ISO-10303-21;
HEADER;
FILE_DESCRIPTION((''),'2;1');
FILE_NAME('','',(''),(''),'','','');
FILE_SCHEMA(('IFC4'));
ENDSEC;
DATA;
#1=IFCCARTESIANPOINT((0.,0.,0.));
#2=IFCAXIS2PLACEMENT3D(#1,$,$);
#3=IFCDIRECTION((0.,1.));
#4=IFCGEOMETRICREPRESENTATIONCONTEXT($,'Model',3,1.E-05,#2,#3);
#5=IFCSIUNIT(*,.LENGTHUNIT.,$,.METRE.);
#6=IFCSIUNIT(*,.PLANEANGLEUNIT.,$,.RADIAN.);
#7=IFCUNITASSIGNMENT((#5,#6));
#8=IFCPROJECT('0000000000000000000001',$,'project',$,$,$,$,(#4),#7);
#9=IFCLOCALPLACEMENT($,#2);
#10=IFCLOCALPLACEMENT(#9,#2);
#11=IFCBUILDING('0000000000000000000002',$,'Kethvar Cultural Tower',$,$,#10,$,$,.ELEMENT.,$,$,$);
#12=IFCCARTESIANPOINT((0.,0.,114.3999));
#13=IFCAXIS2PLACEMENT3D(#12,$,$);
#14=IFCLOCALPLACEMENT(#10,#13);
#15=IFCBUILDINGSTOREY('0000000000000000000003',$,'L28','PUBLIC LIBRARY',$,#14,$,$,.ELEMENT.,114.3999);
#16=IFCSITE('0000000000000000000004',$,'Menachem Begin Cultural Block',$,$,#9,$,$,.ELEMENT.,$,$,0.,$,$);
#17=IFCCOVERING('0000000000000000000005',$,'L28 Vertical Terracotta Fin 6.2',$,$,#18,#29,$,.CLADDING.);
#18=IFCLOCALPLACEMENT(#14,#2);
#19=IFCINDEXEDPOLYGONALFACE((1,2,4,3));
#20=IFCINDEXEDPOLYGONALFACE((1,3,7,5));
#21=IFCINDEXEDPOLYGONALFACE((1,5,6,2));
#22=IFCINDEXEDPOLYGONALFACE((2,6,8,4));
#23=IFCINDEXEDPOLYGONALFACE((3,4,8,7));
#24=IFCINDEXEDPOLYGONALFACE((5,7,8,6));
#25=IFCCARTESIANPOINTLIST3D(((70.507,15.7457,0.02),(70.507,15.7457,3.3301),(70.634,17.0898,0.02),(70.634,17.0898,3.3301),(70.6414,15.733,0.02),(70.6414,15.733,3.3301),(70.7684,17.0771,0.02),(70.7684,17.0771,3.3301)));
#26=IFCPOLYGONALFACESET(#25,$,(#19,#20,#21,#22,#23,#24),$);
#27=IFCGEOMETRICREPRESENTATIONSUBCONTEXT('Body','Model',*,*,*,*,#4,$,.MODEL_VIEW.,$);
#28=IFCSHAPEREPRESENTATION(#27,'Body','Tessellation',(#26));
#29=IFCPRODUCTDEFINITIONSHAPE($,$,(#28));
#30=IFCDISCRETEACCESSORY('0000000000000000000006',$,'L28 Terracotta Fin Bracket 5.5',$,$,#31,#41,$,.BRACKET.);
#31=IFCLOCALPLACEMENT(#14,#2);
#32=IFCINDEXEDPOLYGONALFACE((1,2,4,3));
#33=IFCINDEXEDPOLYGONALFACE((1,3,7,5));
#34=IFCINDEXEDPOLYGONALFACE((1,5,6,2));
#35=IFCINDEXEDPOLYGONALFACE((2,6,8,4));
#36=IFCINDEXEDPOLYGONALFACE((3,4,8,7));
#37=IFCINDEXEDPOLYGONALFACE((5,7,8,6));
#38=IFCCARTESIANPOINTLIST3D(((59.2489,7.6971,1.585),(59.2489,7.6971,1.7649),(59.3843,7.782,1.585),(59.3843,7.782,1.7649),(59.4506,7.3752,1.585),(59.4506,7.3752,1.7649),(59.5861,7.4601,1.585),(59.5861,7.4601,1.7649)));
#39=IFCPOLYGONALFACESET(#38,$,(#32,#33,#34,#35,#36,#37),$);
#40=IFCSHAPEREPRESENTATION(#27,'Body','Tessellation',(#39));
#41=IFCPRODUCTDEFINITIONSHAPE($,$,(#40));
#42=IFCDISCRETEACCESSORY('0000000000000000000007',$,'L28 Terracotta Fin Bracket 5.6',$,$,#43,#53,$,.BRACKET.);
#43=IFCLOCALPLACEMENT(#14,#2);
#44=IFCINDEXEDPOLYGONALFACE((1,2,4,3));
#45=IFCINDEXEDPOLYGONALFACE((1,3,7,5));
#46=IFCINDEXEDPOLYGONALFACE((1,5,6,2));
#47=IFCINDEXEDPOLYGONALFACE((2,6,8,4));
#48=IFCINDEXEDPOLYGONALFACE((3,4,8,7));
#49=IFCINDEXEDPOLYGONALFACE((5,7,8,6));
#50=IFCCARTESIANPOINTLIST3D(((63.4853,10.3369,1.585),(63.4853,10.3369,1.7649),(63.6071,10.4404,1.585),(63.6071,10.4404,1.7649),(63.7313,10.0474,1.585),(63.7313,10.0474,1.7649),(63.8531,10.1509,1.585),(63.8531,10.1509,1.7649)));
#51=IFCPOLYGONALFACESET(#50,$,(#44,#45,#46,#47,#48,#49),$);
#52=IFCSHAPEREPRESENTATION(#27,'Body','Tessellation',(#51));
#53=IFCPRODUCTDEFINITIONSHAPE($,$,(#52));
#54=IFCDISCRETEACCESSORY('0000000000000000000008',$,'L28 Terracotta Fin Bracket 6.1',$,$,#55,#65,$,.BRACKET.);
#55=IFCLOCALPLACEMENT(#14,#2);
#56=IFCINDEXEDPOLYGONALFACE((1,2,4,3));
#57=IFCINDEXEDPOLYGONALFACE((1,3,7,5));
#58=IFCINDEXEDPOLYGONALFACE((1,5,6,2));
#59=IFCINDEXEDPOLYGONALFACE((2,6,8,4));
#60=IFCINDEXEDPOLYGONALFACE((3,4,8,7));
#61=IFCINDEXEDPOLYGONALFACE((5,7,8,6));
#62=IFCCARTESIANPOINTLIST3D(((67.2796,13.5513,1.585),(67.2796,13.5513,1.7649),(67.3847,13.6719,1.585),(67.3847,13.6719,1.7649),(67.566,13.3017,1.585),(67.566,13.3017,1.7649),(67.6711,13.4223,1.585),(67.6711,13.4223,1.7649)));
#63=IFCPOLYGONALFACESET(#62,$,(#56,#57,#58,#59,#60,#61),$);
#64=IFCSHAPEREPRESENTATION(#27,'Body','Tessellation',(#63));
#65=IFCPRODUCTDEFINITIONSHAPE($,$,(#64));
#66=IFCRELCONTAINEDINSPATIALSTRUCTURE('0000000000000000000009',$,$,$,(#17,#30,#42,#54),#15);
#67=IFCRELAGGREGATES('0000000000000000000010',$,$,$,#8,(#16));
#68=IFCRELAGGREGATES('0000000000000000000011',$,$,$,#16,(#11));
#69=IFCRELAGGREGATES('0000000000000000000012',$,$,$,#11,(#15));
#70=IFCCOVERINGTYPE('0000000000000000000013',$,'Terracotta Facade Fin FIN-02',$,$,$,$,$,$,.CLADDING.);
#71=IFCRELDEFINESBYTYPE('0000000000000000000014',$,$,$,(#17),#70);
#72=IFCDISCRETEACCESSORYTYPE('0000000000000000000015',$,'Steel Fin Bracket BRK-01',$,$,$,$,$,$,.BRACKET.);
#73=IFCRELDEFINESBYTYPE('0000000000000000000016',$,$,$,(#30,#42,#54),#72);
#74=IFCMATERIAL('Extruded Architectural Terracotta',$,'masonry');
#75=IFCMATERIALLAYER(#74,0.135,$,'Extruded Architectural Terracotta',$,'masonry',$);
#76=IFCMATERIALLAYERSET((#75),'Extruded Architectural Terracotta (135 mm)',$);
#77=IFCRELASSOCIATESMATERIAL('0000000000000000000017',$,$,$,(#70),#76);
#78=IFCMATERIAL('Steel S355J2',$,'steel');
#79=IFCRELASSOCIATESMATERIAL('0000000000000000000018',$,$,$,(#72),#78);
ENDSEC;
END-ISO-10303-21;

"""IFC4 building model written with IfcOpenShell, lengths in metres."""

from ifc_helpers import new_model, si_unit, direction, frame, origin, origin_2d, place, context, subcontext, project, spatial, rectangle, extrude, source, transform, mapped, material, layer, layer_set, type_object, element, save


model = new_model("IFC4")

# Units and contexts
model_context = context("Model", 3, precision=1e-05, world=origin(), true_north=direction((0.0, 1.0)))
body_context = subcontext(model_context, "Body", "Model", "MODEL_VIEW")
ifc_project = project(units=[si_unit("LENGTHUNIT", "METRE"), si_unit("PLANEANGLEUNIT", "RADIAN")], contexts=[model_context])

# Site, building, storey
site_placement = place(None, origin())
site = spatial("IfcSite", under=ifc_project, at=site_placement, Name="Menachem Begin Cultural Block", CompositionType="ELEMENT", RefElevation=0.0)
building_placement = place(site_placement, origin())
building = spatial("IfcBuilding", under=site, at=building_placement, Name="Kethvar Cultural Tower", CompositionType="ELEMENT")
storey_placement = place(building_placement, frame((0.0, 0.0, 114.3999)))
storey = spatial("IfcBuildingStorey", under=building, at=storey_placement, Name="L28", Description="PUBLIC LIBRARY", CompositionType="ELEMENT", Elevation=114.3999)

# Shared definitions
ifc_material_1 = material(Name="Steel S355J2", Category="steel")

# Covering
ifc_material_2 = material(Name="Extruded Architectural Terracotta", Category="masonry")
ifc_layer_1 = layer(ifc_material_2, 0.135, Name="Extruded Architectural Terracotta", Category="masonry")
ifc_layer_set_1 = layer_set([ifc_layer_1], Name="Extruded Architectural Terracotta (135 mm)")
covering_type = type_object("IfcCoveringType", Name="Terracotta Facade Fin FIN-02", PredefinedType="CLADDING", material=ifc_layer_set_1)
shared_shape_1 = source(origin(), body_context, "Body", "SweptSolid", [
    extrude(rectangle(XDim=1.3501, YDim=0.135, at=origin_2d()), origin(), (0.0, 0.0, 1.0), 3.3101),
])
for number, where, z_axis, x_axis, name in (
    (1, (70.6377, 16.4114, 0.02), (0.0, 0.0, 1.0), (-0.094108, -0.995562, 0.0), "L28 Vertical Terracotta Fin 6.2"),
):
    element("IfcCovering", number, at=place(storey_placement, frame(where, z_axis=z_axis, x_axis=x_axis)), inside=storey, type_object=covering_type, Name=name, PredefinedType="CLADDING", context=body_context, shape_type="MappedRepresentation", body=[
        mapped(shared_shape_1, transform((0.0, 0.0, 0.0), scale=1.0)),
    ])

# Discrete accessories
discrete_accessory_type = type_object("IfcDiscreteAccessoryType", Name="Steel Fin Bracket BRK-01", PredefinedType="BRACKET", material=ifc_material_1)
shared_shape_2 = source(origin(), body_context, "Body", "SweptSolid", [
    extrude(rectangle(XDim=0.3799, YDim=0.1599, at=origin_2d()), origin(), (0.0, 0.0, 1.0), 0.1799),
])
for number, where, z_axis, x_axis, name in (
    (2, (59.4175, 7.5786, 1.585), (0.0, 0.0, 1.0), (0.531103, -0.847307, 0.0), "L28 Terracotta Fin Bracket 5.5"),
    (3, (63.6692, 10.2439, 1.585), (0.0, 0.0, 1.0), (0.647588, -0.761991, 0.0), "L28 Terracotta Fin Bracket 5.6"),
    (4, (67.4753, 13.4868, 1.585), (0.0, 0.0, 1.0), (0.753907, -0.656981, 0.0), "L28 Terracotta Fin Bracket 6.1"),
):
    element("IfcDiscreteAccessory", number, at=place(storey_placement, frame(where, z_axis=z_axis, x_axis=x_axis)), inside=storey, type_object=discrete_accessory_type, Name=name, PredefinedType="BRACKET", context=body_context, shape_type="MappedRepresentation", body=[
        mapped(shared_shape_2, transform((0.0, 0.0, 0.0), scale=1.0)),
    ])

save(model, "model.ifc")
